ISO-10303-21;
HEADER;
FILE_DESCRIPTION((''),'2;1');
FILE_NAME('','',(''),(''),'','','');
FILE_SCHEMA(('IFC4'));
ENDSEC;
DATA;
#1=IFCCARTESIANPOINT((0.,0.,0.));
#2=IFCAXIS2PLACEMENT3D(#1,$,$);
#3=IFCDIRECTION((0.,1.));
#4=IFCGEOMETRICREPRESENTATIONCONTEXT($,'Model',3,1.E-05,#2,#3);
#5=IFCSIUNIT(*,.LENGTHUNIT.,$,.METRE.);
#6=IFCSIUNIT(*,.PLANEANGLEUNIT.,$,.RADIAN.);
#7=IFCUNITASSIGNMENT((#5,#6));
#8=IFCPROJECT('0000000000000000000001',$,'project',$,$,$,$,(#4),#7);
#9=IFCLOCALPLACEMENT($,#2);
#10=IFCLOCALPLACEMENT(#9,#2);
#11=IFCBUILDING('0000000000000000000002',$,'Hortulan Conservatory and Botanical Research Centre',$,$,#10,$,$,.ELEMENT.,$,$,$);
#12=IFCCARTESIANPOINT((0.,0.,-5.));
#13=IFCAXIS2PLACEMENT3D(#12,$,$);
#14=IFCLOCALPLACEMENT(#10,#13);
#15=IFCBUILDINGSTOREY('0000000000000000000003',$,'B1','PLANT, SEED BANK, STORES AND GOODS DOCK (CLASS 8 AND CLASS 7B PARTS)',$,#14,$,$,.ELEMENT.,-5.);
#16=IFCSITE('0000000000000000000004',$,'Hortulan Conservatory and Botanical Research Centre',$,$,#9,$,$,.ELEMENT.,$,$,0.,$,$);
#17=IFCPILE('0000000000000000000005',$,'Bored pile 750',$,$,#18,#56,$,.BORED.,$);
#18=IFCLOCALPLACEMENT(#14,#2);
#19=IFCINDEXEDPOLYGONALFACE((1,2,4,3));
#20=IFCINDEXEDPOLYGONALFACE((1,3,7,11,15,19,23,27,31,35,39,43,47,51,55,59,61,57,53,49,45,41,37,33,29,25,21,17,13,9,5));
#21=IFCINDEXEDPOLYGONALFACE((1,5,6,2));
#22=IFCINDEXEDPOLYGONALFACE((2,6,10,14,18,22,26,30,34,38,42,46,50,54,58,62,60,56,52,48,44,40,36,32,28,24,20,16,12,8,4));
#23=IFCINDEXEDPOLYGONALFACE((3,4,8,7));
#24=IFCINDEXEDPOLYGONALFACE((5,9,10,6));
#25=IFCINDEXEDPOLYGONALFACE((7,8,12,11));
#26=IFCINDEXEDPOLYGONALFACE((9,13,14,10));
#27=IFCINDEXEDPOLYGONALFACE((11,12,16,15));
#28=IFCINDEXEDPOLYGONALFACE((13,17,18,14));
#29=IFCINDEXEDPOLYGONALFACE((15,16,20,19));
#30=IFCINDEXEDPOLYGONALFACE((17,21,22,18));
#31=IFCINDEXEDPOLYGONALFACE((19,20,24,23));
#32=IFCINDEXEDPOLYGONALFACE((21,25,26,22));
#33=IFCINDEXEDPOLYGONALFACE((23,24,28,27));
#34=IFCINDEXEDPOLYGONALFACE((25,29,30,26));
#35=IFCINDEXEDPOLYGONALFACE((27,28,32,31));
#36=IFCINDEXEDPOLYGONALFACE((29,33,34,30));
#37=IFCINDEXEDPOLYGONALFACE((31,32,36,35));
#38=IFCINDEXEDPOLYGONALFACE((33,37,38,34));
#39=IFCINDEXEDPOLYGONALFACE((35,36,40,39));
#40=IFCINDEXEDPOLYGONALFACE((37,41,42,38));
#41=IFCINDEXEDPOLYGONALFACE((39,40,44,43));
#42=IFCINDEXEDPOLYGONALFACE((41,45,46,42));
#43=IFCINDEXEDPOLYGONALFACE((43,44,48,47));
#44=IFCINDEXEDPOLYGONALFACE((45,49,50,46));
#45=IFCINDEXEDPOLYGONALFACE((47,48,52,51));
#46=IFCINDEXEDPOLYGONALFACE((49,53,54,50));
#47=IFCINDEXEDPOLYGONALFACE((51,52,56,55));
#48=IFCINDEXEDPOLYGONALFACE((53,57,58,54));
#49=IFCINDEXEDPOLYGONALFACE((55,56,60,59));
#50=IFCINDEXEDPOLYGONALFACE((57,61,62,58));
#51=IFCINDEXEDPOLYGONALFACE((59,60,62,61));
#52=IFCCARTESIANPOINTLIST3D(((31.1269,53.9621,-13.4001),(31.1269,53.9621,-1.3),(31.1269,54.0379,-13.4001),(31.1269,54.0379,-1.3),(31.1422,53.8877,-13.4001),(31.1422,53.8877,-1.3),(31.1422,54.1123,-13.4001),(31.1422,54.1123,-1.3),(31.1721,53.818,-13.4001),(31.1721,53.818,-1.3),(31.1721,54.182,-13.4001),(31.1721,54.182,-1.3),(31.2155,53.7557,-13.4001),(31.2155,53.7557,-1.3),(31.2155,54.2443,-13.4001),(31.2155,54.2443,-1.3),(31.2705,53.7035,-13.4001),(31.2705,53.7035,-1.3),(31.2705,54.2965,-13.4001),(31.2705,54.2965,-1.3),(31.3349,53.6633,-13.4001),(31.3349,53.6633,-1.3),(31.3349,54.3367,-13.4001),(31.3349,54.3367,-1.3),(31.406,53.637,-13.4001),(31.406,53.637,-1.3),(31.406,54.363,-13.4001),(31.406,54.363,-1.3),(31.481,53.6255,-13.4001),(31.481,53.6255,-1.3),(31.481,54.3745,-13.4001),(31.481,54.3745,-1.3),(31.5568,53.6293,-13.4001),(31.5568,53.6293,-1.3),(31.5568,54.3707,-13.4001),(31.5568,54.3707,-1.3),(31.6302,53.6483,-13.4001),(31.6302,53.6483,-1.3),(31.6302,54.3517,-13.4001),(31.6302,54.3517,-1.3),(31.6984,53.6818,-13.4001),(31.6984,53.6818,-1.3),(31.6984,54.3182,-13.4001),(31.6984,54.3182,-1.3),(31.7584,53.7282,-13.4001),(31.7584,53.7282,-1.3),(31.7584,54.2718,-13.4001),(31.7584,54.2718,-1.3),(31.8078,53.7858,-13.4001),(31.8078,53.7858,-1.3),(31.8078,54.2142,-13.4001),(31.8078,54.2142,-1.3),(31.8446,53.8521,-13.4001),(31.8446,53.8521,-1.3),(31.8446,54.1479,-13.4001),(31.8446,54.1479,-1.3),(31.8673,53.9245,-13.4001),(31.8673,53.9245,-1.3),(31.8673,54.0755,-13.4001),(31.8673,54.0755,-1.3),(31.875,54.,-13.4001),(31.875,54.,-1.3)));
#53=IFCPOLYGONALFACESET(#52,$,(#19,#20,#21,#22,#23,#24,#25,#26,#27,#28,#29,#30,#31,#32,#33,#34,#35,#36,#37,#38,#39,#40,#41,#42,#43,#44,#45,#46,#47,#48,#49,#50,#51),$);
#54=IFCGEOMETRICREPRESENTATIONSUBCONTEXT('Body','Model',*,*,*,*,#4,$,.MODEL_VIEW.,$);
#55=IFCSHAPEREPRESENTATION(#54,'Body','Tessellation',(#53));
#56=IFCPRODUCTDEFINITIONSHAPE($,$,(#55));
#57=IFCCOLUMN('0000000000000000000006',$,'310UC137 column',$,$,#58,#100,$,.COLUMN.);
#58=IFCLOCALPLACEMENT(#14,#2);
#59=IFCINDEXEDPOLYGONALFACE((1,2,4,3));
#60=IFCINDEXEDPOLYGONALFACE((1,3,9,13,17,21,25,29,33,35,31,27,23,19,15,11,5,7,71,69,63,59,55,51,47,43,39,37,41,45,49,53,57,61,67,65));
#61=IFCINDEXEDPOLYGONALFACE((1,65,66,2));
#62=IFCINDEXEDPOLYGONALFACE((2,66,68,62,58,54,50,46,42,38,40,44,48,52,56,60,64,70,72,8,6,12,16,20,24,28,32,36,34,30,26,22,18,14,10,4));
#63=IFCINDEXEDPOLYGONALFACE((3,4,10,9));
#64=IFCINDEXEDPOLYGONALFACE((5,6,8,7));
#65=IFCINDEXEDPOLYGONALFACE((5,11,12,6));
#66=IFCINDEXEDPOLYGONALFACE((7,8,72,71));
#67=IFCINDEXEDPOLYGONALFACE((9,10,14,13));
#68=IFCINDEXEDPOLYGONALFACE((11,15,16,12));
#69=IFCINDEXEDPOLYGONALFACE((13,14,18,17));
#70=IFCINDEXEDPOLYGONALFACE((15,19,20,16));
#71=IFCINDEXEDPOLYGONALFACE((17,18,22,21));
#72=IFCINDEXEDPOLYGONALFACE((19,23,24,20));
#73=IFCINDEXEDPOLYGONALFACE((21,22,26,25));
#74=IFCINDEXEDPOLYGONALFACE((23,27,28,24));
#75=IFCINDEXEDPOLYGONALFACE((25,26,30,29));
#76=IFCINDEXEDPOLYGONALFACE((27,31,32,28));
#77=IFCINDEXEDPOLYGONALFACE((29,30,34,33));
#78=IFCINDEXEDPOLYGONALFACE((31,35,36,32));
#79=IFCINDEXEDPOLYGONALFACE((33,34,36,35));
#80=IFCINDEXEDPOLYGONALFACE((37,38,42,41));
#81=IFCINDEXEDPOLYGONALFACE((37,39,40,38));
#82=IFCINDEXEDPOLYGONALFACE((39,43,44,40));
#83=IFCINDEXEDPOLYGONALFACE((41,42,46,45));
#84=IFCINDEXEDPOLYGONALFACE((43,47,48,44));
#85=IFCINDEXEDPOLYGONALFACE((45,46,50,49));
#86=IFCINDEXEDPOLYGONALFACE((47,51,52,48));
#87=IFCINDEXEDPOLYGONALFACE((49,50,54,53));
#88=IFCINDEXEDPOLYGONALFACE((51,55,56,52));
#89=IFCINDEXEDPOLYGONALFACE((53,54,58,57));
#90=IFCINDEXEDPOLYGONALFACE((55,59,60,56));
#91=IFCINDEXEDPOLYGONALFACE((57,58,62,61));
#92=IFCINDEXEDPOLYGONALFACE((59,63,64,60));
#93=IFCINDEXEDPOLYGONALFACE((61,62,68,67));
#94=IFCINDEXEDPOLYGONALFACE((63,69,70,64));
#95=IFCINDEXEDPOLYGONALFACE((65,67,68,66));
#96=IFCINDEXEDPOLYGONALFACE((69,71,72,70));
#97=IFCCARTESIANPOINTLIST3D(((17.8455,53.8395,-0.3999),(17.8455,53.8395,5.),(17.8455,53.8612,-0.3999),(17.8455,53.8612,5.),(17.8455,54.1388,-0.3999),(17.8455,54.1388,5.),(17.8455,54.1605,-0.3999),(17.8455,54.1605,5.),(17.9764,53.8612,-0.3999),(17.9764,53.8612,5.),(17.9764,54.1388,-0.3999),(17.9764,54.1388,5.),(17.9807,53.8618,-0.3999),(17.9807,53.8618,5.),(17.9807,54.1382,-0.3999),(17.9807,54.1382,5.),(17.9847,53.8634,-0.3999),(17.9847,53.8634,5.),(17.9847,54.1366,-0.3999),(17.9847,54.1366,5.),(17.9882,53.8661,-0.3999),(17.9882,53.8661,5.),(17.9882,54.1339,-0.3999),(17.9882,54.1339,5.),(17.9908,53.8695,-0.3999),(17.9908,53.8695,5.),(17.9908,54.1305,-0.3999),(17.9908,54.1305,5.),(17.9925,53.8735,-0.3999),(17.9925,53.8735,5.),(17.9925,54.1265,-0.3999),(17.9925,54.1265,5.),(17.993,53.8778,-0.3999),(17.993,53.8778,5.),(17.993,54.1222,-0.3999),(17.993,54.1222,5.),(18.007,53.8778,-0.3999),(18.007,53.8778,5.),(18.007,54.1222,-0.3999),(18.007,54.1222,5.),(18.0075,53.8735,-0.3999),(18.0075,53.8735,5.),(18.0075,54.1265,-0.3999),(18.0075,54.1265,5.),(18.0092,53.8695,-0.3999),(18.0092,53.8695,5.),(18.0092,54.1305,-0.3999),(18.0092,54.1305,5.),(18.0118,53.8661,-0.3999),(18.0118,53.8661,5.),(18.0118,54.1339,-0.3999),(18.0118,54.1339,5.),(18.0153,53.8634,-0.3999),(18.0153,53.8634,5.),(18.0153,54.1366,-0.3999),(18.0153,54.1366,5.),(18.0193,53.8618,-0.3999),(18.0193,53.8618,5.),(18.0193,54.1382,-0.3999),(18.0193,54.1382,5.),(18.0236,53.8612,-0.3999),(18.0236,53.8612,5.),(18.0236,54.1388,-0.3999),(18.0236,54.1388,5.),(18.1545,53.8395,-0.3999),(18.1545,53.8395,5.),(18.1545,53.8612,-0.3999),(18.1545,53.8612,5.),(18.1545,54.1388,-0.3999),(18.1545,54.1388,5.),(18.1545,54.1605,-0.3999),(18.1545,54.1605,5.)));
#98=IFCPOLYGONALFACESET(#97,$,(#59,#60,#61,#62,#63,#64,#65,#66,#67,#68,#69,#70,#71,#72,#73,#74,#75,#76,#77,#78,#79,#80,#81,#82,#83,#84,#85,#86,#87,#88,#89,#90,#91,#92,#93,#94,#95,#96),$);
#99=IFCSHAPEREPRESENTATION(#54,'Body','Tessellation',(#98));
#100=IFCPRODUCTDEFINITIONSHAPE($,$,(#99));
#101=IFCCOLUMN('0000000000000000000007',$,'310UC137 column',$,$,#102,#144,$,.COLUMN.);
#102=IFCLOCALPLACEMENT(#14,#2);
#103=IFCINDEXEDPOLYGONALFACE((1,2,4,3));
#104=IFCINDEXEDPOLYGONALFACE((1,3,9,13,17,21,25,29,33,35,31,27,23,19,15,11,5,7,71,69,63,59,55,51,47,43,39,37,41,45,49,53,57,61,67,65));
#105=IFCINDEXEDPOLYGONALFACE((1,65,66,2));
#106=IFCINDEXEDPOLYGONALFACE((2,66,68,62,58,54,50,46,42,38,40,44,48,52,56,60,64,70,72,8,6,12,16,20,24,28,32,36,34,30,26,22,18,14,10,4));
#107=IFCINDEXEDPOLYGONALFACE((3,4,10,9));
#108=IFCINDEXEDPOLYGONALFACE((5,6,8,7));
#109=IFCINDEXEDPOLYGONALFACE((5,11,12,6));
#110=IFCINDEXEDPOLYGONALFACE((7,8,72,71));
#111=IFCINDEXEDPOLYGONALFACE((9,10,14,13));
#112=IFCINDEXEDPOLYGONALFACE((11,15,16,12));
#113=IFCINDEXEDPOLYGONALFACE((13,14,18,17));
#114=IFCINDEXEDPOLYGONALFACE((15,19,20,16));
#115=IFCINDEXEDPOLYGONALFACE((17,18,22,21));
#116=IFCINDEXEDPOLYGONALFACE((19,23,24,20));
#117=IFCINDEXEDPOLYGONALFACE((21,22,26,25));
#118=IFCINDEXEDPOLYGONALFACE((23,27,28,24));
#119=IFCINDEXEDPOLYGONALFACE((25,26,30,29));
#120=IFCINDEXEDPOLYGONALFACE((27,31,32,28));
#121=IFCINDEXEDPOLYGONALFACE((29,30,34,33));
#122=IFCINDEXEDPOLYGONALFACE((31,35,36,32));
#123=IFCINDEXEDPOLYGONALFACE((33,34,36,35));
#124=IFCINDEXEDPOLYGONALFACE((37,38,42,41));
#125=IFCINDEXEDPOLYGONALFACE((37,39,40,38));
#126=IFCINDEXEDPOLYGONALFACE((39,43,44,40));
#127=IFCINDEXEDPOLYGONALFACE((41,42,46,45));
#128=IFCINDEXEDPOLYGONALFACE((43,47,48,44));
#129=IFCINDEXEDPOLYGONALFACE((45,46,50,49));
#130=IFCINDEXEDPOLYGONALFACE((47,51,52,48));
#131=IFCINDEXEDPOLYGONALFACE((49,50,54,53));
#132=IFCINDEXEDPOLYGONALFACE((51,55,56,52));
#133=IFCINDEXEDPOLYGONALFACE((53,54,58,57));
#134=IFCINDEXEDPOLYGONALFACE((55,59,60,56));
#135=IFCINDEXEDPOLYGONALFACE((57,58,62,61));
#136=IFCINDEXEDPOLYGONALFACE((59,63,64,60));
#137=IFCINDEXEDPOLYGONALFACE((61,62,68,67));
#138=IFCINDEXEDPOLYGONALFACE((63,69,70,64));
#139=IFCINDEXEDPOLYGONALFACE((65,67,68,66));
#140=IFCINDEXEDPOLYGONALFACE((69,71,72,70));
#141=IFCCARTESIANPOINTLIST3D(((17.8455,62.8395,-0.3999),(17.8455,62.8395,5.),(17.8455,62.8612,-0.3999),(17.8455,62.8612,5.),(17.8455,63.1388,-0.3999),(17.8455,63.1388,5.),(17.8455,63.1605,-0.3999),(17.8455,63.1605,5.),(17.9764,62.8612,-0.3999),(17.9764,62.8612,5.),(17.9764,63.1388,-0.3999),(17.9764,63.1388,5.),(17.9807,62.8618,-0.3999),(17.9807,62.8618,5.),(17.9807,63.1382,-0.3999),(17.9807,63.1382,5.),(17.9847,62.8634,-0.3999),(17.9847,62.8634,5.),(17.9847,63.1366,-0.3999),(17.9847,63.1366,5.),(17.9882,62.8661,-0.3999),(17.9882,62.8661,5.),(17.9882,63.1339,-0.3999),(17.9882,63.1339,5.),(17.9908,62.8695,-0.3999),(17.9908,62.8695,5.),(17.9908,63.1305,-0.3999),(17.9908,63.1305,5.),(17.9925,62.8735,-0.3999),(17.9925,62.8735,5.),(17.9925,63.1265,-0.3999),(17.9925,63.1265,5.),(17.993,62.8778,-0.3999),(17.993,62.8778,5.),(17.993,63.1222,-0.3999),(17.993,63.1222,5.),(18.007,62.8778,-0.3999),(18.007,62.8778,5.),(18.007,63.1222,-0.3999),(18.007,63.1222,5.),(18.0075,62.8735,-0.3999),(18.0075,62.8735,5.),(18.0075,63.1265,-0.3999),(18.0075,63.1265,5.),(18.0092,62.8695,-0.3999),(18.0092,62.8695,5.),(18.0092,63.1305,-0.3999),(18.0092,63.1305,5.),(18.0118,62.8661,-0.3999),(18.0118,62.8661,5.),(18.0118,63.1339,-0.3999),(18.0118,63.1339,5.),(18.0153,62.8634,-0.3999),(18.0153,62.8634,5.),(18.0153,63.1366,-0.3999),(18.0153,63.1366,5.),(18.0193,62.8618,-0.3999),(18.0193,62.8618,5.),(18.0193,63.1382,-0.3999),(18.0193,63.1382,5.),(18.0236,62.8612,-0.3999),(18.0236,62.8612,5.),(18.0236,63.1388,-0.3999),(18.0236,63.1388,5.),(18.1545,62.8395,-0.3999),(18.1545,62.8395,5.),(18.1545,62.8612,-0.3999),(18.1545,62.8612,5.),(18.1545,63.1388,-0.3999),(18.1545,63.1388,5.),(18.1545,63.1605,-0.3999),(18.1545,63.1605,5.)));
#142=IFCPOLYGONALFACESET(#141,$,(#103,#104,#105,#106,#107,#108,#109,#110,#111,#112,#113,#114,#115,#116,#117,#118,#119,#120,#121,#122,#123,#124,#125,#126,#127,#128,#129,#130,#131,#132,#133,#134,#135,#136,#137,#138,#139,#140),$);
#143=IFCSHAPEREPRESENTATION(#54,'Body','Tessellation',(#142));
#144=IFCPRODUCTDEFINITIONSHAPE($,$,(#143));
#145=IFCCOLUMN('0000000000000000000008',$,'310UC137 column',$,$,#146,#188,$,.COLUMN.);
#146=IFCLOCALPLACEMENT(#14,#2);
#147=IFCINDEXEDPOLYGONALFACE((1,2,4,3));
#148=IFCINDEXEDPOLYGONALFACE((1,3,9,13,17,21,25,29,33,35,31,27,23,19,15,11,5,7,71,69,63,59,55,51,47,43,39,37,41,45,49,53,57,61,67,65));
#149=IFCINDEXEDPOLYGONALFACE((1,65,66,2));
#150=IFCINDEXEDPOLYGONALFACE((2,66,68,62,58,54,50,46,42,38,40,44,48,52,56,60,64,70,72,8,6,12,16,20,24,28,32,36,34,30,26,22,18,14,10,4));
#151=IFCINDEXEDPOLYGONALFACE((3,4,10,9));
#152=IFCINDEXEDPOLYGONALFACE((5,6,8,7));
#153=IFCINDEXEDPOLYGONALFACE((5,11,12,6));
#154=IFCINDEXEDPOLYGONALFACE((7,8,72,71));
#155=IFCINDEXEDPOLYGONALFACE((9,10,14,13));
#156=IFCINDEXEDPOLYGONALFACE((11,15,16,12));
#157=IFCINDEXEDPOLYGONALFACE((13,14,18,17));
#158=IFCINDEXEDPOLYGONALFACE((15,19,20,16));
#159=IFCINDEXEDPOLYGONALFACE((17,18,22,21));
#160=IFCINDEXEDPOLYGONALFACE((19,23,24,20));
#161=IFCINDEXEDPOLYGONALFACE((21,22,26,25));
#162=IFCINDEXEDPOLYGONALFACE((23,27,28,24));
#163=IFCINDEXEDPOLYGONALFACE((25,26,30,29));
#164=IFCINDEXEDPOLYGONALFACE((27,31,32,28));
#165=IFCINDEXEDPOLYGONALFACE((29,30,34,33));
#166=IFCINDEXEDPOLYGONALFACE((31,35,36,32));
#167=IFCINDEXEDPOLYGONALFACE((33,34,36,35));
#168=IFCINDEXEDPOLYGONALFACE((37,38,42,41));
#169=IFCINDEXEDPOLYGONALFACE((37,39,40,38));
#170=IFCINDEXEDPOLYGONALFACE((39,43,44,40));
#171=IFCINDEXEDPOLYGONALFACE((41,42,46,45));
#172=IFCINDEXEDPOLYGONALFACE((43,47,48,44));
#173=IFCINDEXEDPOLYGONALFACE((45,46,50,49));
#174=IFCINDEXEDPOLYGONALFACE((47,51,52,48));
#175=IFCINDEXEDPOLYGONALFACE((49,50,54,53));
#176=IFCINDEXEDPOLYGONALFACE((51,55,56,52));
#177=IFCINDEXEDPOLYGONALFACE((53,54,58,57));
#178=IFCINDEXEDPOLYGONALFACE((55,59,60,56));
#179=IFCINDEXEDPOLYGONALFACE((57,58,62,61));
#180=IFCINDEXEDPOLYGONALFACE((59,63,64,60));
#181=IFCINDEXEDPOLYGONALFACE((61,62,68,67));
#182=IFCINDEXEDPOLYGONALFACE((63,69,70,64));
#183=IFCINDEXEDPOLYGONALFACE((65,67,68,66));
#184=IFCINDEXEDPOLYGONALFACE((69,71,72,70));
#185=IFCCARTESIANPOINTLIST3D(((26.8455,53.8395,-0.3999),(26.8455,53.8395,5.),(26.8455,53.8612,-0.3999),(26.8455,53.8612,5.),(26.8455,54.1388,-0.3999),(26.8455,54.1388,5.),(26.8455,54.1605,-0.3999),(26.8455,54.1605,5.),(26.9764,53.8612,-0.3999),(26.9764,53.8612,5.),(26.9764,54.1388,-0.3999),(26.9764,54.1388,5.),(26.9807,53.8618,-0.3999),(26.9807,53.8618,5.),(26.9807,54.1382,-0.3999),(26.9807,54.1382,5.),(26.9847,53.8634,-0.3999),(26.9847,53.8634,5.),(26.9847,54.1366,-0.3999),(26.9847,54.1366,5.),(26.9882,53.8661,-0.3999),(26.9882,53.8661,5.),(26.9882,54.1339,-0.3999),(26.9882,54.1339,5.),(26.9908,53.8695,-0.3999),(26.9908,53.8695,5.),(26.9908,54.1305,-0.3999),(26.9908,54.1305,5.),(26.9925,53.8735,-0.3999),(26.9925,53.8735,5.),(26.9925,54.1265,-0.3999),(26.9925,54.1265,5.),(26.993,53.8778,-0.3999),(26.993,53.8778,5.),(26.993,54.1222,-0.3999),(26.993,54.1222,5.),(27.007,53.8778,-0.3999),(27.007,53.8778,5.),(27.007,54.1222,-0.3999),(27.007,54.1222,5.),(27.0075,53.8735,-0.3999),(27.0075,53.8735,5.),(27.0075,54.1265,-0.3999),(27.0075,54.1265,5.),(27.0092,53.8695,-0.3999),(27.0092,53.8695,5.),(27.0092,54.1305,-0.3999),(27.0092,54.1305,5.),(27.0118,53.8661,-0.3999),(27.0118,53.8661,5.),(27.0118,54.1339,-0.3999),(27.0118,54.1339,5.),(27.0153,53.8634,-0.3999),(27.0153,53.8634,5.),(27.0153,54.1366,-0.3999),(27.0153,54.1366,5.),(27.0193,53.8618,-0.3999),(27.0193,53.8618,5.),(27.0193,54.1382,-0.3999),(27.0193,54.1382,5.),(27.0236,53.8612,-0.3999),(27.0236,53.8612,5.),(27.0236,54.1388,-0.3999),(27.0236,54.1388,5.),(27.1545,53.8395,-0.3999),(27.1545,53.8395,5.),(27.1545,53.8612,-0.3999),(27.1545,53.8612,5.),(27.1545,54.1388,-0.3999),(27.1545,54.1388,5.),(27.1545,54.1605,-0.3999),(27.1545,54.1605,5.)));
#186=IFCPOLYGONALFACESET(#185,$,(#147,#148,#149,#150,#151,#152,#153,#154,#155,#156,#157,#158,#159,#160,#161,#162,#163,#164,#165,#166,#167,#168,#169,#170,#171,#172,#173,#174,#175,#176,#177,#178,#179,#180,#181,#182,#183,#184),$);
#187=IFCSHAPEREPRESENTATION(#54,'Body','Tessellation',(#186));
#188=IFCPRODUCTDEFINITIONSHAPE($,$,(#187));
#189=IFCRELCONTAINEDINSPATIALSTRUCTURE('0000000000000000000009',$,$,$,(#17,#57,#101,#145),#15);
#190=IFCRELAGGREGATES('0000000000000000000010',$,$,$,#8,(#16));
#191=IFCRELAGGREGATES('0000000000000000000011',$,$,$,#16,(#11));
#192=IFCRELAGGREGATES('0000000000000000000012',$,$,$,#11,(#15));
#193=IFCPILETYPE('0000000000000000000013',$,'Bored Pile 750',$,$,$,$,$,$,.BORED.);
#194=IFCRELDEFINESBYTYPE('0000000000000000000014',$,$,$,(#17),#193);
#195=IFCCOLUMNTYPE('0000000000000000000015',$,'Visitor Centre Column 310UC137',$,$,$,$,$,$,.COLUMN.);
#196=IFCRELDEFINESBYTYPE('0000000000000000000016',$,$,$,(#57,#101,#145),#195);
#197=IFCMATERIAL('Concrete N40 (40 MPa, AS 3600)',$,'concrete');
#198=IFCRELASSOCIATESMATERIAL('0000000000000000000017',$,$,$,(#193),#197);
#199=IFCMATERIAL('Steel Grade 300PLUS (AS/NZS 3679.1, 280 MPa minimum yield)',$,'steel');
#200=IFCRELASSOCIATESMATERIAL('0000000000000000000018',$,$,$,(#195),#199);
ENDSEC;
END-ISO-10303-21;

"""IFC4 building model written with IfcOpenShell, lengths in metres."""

from ifc_helpers import new_model, si_unit, direction, frame, origin, origin_2d, place, context, subcontext, project, spatial, circle, i_section, extrude, material, material_profile, profile_set, type_object, element, save


model = new_model("IFC4")

# Units and contexts
model_context = context("Model", 3, precision=1e-05, world=origin(), true_north=direction((0.0, 1.0)))
body_context = subcontext(model_context, "Body", "Model", "MODEL_VIEW")
ifc_project = project(units=[si_unit("LENGTHUNIT", "METRE"), si_unit("PLANEANGLEUNIT", "RADIAN")], contexts=[model_context])

# Site, building, storey
site_placement = place(None, origin())
site = spatial("IfcSite", under=ifc_project, at=site_placement, Name="Hortulan Conservatory and Botanical Research Centre", CompositionType="ELEMENT", RefElevation=0.0)
building_placement = place(site_placement, origin())
building = spatial("IfcBuilding", under=site, at=building_placement, Name="Hortulan Conservatory and Botanical Research Centre", CompositionType="ELEMENT")
storey_placement = place(building_placement, frame((0.0, 0.0, -5.0)))
storey = spatial("IfcBuildingStorey", under=building, at=storey_placement, Name="B1", Description="PLANT, SEED BANK, STORES AND GOODS DOCK (CLASS 8 AND CLASS 7B PARTS)", CompositionType="ELEMENT", Elevation=-5.0)

# Pile
ifc_material_1 = material(Name="Concrete N40 (40 MPa, AS 3600)", Category="concrete")
ifc_material_profile_1 = material_profile(ifc_material_1, circle(Radius=0.375, at=origin_2d()), Name="Bored pile 750 diameter")
ifc_profile_set_1 = profile_set([ifc_material_profile_1], Name="Concrete N40 (40 MPa, AS 3600)")
pile_type = type_object("IfcPileType", Name="Bored Pile 750", PredefinedType="BORED", material=ifc_profile_set_1)
for number, where, z_axis, x_axis, name in (
    (1, (31.5, 54.0, -1.3), (0.0, 0.0, -1.0), (1.0, 0.0, 0.0), "Bored pile 750"),
):
    element("IfcPile", number, at=place(storey_placement, frame(where, z_axis=z_axis, x_axis=x_axis)), inside=storey, type_object=pile_type, Name=name, PredefinedType="BORED", context=body_context, shape_type="SweptSolid", body=[
        extrude(circle(Radius=0.375, at=origin_2d()), origin(), (0.0, 0.0, 1.0), 12.1001),
    ])

# Columns
ifc_material_2 = material(Name="Steel Grade 300PLUS (AS/NZS 3679.1, 280 MPa minimum yield)", Category="steel")
ifc_material_profile_2 = material_profile(ifc_material_2, i_section(OverallWidth=0.3091, OverallDepth=0.321, WebThickness=0.0139, FlangeThickness=0.0217, FilletRadius=0.0166, at=origin_2d()), Name="310UC137")
ifc_profile_set_2 = profile_set([ifc_material_profile_2], Name="Steel Grade 300PLUS (AS/NZS 3679.1, 280 MPa minimum yield)")
column_type = type_object("IfcColumnType", Name="Visitor Centre Column 310UC137", PredefinedType="COLUMN", material=ifc_profile_set_2)
for number, where, z_axis, x_axis, name in (
    (2, (18.0, 54.0, -0.3999), (0.0, 0.0, 1.0), (1.0, 0.0, 0.0), "310UC137 column"),
    (3, (18.0, 63.0, -0.3999), (0.0, 0.0, 1.0), (1.0, 0.0, 0.0), "310UC137 column"),
    (4, (27.0, 54.0, -0.3999), (0.0, 0.0, 1.0), (1.0, 0.0, 0.0), "310UC137 column"),
):
    element("IfcColumn", number, at=place(storey_placement, frame(where, z_axis=z_axis, x_axis=x_axis)), inside=storey, type_object=column_type, Name=name, PredefinedType="COLUMN", context=body_context, shape_type="SweptSolid", body=[
        extrude(i_section(OverallWidth=0.3091, OverallDepth=0.321, WebThickness=0.0139, FlangeThickness=0.0217, FilletRadius=0.0166, at=origin_2d()), origin(), (0.0, 0.0, 1.0), 5.3999),
    ])

save(model, "model.ifc")
